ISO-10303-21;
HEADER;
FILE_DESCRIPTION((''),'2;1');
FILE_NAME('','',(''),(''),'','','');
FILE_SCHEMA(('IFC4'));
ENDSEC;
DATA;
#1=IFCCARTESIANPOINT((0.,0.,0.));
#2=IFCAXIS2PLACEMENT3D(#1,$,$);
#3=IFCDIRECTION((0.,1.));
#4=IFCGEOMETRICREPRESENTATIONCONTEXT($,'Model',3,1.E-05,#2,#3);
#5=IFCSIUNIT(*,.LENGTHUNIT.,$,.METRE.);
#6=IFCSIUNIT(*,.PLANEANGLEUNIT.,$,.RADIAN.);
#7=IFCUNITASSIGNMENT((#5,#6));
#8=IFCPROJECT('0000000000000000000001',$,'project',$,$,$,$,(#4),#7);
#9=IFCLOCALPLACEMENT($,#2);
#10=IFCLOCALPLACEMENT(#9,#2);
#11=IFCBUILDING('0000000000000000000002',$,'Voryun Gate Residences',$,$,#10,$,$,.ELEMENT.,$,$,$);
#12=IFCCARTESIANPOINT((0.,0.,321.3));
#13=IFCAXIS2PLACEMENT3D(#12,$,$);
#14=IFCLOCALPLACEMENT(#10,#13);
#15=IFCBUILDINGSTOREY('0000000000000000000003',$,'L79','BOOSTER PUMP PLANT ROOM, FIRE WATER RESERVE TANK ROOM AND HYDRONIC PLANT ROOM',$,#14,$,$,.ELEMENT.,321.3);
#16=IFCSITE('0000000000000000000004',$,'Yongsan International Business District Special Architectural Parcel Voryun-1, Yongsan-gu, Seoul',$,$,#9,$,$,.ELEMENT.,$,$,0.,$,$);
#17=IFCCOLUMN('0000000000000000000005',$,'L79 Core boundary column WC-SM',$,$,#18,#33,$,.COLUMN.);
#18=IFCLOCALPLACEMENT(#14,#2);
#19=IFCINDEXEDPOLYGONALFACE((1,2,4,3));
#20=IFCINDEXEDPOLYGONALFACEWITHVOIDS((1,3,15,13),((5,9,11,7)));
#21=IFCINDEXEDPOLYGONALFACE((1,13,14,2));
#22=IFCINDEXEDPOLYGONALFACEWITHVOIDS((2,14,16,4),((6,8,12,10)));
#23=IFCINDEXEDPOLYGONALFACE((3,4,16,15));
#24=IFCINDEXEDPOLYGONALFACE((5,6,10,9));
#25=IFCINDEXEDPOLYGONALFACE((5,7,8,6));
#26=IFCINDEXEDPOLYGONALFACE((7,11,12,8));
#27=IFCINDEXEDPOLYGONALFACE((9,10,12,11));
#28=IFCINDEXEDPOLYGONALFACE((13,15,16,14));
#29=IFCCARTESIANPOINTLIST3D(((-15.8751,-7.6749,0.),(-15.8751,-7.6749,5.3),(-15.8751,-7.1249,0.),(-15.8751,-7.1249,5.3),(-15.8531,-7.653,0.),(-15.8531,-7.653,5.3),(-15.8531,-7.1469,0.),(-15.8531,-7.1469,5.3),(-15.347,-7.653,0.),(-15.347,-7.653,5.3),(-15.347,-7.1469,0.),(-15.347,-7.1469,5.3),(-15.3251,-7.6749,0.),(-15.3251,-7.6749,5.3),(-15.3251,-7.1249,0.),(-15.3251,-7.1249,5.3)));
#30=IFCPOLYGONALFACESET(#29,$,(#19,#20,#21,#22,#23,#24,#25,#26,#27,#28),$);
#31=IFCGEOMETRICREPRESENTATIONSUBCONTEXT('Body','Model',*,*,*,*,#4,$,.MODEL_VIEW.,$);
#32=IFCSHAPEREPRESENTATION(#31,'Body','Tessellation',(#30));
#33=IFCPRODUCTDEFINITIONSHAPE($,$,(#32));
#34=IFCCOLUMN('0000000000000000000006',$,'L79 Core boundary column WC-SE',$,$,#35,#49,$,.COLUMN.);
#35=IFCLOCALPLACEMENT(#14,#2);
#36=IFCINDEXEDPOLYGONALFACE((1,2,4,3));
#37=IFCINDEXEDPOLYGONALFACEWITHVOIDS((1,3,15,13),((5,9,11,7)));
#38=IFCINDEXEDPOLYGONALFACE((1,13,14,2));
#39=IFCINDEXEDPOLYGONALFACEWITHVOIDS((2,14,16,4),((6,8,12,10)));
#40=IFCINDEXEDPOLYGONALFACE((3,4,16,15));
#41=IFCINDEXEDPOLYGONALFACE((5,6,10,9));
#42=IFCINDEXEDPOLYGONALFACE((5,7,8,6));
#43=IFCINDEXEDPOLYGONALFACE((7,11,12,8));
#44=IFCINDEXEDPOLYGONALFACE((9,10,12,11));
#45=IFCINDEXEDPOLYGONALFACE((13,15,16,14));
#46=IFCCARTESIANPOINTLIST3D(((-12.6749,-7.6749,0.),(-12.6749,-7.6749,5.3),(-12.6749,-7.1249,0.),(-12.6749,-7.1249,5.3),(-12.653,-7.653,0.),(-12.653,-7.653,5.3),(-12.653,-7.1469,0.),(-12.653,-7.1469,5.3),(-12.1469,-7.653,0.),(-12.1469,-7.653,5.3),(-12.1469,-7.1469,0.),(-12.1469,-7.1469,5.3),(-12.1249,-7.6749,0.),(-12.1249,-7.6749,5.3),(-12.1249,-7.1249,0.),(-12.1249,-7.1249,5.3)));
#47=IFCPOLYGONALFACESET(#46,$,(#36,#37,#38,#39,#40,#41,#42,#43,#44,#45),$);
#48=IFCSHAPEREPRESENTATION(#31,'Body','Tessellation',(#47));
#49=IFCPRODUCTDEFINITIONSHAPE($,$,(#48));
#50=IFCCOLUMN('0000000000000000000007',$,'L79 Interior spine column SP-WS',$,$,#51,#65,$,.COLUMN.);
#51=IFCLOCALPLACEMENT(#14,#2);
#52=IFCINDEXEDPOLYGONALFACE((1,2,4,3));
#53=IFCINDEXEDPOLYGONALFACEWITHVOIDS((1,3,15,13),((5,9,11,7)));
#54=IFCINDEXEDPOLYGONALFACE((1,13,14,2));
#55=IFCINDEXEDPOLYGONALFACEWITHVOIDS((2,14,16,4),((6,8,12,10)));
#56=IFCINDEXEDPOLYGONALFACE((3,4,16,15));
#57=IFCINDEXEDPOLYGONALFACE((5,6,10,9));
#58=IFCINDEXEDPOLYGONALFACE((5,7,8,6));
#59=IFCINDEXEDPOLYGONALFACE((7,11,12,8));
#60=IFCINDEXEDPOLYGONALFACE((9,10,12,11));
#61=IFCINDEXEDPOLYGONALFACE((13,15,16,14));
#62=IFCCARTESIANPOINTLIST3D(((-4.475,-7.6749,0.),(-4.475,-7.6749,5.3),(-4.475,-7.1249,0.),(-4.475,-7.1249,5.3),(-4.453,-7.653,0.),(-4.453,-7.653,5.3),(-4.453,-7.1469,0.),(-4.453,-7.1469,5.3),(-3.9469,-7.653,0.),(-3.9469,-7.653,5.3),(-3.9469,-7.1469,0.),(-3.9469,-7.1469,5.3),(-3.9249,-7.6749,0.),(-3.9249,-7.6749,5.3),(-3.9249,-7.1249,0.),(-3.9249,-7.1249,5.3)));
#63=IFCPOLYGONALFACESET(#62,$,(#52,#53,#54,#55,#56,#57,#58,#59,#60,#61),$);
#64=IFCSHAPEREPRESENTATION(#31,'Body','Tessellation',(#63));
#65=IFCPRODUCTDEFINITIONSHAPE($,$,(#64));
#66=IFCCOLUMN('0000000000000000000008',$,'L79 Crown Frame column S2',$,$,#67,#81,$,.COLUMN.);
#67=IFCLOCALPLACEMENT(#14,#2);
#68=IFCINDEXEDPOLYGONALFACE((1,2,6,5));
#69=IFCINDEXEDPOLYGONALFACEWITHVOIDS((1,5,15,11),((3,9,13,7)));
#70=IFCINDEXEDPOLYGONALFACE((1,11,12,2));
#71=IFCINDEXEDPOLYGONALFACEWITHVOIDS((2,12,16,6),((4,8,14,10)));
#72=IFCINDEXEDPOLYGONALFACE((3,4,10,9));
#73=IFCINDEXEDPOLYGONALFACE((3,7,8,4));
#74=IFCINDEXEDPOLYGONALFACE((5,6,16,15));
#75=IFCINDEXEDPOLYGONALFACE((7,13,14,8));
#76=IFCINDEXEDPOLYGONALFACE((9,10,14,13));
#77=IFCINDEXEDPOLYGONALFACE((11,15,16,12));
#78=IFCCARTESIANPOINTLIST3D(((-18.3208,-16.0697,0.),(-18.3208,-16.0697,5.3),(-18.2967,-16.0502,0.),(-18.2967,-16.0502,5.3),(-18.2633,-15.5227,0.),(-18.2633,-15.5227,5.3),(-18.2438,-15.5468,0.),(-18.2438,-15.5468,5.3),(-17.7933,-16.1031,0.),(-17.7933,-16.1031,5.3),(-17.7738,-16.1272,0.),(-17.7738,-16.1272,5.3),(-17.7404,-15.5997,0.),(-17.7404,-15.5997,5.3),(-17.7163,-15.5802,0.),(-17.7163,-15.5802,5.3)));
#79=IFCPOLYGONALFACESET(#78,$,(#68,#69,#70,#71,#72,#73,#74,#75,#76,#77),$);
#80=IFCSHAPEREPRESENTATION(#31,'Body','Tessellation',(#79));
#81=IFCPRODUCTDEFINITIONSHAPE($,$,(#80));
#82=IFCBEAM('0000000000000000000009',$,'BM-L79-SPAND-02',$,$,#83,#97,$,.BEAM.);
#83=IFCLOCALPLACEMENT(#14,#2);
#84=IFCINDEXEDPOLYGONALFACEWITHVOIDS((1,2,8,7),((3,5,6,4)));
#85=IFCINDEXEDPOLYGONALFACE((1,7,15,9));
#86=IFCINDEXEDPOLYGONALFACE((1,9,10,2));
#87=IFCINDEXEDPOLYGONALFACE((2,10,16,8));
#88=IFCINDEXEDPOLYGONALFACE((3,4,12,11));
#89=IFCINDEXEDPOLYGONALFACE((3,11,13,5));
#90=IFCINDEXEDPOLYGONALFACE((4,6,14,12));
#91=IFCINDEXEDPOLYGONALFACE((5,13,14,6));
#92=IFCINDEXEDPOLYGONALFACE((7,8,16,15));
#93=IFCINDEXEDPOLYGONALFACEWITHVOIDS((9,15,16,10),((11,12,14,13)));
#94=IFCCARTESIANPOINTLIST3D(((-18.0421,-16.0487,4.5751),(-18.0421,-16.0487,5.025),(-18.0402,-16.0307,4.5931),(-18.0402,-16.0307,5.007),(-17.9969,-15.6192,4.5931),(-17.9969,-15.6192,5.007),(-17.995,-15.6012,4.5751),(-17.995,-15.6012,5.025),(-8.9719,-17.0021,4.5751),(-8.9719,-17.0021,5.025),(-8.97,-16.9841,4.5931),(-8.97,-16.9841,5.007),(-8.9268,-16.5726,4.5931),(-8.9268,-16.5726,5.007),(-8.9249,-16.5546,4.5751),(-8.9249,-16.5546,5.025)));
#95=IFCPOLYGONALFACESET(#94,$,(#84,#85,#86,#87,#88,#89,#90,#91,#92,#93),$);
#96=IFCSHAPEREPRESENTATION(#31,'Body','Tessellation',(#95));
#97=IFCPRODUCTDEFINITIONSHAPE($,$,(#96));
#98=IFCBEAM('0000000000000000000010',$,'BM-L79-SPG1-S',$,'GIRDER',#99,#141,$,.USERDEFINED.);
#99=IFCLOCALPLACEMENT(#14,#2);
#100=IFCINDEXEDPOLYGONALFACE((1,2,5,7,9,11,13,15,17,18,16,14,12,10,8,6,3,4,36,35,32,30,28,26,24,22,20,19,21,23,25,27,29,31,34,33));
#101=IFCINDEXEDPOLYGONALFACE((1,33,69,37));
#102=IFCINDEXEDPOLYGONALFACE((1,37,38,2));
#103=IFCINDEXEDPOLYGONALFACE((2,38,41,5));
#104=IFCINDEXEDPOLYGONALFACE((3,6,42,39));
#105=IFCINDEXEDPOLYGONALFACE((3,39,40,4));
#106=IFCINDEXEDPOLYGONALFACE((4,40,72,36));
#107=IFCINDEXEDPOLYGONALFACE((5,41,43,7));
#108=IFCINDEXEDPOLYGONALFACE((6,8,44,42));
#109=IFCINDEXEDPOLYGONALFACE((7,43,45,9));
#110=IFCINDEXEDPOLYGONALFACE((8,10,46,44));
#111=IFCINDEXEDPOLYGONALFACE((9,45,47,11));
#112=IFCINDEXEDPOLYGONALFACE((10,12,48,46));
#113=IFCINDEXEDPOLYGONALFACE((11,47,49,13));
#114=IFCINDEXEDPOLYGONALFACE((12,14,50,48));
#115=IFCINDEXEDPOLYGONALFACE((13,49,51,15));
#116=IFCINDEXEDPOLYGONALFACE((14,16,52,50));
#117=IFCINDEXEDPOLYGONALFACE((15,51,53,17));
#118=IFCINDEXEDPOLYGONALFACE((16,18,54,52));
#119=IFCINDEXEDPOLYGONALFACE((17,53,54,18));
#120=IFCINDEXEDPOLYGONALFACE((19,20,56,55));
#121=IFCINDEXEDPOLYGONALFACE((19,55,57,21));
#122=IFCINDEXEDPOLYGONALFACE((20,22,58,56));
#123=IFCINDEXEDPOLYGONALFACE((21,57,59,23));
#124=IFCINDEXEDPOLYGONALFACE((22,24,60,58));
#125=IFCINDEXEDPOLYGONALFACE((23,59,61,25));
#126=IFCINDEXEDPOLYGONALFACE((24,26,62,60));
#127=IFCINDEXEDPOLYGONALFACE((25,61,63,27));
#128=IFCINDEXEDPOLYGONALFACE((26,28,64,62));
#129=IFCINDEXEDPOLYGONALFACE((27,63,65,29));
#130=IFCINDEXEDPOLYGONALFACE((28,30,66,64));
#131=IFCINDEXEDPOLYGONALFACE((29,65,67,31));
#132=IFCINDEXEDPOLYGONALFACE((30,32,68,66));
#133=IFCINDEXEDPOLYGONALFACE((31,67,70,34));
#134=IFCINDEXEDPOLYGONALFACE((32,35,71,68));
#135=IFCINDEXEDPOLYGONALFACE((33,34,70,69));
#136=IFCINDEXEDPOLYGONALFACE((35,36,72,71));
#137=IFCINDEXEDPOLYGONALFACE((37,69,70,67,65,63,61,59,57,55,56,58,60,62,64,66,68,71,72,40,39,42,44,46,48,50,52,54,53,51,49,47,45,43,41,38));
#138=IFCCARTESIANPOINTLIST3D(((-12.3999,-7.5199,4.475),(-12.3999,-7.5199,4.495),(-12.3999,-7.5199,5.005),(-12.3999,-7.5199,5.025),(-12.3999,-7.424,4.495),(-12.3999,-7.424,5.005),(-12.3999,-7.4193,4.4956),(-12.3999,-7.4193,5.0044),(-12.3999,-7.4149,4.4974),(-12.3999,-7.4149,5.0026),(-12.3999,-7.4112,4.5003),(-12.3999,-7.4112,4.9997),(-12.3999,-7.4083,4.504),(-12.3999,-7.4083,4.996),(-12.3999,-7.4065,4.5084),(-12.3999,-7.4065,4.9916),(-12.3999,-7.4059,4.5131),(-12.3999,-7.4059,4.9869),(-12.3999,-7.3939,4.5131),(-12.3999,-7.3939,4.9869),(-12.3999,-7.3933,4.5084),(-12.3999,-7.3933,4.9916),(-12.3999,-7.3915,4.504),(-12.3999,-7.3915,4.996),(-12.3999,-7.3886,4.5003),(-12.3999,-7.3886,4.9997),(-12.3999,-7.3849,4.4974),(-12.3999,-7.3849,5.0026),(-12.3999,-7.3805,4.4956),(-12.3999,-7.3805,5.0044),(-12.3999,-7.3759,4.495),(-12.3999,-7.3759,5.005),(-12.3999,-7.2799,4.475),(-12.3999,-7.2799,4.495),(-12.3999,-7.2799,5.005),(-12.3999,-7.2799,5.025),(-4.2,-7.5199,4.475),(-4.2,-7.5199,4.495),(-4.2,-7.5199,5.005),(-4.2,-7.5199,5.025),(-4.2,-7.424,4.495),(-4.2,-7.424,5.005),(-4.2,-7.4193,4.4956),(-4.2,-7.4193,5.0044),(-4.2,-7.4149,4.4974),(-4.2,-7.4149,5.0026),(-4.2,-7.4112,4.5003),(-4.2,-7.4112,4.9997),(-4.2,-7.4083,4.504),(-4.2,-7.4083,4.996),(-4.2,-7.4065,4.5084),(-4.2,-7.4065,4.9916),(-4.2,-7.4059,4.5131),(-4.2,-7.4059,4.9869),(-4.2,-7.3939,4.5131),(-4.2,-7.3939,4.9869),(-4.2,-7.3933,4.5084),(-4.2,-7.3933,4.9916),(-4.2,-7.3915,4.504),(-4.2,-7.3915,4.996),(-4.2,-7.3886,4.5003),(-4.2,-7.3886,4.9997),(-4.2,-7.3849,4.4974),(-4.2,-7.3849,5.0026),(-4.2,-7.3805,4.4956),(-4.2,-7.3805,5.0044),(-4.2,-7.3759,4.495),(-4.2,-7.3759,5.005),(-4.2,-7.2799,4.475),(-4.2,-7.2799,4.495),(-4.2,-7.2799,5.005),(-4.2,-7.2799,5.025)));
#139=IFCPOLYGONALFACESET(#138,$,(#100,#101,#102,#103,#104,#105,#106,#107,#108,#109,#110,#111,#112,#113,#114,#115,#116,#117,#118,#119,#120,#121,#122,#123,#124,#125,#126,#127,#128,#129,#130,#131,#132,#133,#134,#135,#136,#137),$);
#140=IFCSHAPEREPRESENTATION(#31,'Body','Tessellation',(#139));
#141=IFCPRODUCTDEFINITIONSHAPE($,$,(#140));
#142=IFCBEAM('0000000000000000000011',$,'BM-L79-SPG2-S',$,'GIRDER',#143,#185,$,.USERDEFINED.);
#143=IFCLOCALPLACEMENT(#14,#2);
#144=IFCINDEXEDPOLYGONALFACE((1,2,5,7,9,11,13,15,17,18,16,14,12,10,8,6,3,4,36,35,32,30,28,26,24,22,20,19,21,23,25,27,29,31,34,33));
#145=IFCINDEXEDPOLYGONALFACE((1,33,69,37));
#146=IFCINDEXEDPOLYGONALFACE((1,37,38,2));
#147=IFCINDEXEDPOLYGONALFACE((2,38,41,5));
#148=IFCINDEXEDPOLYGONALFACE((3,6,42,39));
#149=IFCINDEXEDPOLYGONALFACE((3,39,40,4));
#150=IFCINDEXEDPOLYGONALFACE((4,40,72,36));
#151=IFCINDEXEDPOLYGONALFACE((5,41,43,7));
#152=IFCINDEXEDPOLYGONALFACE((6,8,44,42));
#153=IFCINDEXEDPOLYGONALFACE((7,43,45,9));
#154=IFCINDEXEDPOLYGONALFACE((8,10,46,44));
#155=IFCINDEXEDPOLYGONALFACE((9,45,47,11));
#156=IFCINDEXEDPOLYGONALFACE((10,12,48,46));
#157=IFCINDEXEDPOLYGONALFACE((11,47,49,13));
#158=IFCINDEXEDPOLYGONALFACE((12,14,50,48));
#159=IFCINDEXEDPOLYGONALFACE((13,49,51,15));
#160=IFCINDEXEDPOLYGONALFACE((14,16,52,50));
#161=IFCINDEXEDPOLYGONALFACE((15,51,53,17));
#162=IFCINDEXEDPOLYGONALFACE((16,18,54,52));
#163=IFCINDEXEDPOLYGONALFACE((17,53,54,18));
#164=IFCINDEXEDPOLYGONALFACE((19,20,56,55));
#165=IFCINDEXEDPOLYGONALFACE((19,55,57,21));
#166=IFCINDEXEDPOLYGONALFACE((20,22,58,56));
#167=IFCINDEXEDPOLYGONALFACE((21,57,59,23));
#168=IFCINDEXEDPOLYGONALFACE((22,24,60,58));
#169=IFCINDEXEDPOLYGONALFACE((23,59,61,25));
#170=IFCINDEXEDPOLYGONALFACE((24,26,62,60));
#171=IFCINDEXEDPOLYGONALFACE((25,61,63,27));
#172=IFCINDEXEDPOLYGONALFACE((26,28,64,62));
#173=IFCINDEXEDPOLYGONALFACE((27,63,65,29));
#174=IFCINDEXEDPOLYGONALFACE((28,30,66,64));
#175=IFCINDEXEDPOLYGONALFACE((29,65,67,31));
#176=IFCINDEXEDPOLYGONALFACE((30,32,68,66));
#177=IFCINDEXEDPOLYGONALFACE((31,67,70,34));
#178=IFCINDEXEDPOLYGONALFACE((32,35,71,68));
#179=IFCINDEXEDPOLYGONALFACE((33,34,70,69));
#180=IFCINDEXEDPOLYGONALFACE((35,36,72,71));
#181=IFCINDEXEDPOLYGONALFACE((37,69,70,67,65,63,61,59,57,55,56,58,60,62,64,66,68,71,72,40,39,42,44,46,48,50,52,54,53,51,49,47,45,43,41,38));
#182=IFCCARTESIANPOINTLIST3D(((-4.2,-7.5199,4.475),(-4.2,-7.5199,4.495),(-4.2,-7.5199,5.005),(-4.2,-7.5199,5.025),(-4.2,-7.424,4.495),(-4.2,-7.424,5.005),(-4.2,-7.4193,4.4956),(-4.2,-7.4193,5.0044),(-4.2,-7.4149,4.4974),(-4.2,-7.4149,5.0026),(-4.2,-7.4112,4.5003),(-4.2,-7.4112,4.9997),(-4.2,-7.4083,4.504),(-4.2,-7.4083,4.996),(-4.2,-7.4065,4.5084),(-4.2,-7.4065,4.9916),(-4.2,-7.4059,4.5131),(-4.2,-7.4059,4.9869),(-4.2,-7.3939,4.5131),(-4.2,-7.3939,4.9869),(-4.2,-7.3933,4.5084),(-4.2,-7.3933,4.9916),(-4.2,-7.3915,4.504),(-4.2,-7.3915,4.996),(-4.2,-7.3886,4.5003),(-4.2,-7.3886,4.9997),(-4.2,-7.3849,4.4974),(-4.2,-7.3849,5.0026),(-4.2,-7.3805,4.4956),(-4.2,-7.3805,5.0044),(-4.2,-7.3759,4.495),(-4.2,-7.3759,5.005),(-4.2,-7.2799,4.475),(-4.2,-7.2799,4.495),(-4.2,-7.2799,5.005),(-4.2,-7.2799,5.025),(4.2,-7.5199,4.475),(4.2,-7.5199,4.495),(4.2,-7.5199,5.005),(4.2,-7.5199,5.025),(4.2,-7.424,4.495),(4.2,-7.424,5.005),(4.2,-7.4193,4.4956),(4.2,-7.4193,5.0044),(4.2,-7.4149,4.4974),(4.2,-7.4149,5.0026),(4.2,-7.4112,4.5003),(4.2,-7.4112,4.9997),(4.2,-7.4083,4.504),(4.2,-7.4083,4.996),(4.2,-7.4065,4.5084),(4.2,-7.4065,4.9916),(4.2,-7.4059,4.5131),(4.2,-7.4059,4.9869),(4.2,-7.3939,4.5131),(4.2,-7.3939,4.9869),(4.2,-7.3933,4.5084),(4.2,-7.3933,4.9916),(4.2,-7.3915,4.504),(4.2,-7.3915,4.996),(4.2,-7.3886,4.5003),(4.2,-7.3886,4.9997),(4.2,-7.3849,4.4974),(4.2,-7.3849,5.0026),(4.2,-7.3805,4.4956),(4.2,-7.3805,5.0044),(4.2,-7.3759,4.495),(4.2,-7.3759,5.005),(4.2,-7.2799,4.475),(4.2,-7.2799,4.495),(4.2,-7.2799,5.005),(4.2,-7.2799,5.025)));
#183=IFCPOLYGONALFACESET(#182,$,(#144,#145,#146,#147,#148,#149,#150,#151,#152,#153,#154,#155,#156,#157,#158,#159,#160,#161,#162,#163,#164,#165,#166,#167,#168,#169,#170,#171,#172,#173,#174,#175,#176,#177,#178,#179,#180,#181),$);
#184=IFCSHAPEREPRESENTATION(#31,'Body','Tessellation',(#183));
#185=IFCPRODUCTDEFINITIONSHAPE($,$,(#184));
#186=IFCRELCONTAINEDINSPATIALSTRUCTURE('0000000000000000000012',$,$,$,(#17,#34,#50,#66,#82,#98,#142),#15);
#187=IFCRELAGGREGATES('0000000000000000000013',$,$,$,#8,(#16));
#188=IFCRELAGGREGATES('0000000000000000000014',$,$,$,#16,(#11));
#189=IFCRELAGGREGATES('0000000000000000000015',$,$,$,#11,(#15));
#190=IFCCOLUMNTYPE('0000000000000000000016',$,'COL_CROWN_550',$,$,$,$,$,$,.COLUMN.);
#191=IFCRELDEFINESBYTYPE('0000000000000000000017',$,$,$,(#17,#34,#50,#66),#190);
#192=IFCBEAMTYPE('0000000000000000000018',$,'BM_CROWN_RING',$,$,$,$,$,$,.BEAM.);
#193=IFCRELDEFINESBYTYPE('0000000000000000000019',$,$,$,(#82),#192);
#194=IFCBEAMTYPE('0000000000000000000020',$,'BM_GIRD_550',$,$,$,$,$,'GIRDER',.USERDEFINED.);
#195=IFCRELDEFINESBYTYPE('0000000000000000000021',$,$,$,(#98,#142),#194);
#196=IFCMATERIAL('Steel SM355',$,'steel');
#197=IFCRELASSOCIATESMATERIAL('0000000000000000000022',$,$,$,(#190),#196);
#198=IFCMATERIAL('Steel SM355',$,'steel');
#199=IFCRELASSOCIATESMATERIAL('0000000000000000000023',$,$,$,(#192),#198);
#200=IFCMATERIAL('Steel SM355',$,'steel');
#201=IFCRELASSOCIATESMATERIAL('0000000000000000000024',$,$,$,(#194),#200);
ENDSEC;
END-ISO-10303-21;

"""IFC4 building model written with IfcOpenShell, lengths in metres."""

from ifc_helpers import new_model, si_unit, direction, frame, origin, origin_2d, place, context, subcontext, project, spatial, hollow_rectangle, i_section, extrude, material, material_profile, profile_set, type_object, element, save


model = new_model("IFC4")

# Units and contexts
model_context = context("Model", 3, precision=1e-05, world=origin(), true_north=direction((0.0, 1.0)))
body_context = subcontext(model_context, "Body", "Model", "MODEL_VIEW")
ifc_project = project(units=[si_unit("LENGTHUNIT", "METRE"), si_unit("PLANEANGLEUNIT", "RADIAN")], contexts=[model_context])

# Site, building, storey
site_placement = place(None, origin())
site = spatial("IfcSite", under=ifc_project, at=site_placement, Name="Yongsan International Business District Special Architectural Parcel Voryun-1, Yongsan-gu, Seoul", CompositionType="ELEMENT", RefElevation=0.0)
building_placement = place(site_placement, origin())
building = spatial("IfcBuilding", under=site, at=building_placement, Name="Voryun Gate Residences", CompositionType="ELEMENT")
storey_placement = place(building_placement, frame((0.0, 0.0, 321.3)))
storey = spatial("IfcBuildingStorey", under=building, at=storey_placement, Name="L79", Description="BOOSTER PUMP PLANT ROOM, FIRE WATER RESERVE TANK ROOM AND HYDRONIC PLANT ROOM", CompositionType="ELEMENT", Elevation=321.3)

# Columns
ifc_material_1 = material(Name="Steel SM355", Category="steel")
ifc_material_profile_1 = material_profile(ifc_material_1, hollow_rectangle(XDim=0.55, YDim=0.55, WallThickness=0.022, at=origin_2d()), Name="BOX-550x550x22")
ifc_profile_set_1 = profile_set([ifc_material_profile_1], Name="Steel SM355")
column_type = type_object("IfcColumnType", Name="COL_CROWN_550", PredefinedType="COLUMN", material=ifc_profile_set_1)
for number, where, z_axis, x_axis, name in (
    (1, (-15.6001, -7.3999, 0.0), (0.0, 0.0, 1.0), (1.0, 0.0, 0.0), "L79 Core boundary column WC-SM"),
    (2, (-12.3999, -7.3999, 0.0), (0.0, 0.0, 1.0), (1.0, 0.0, 0.0), "L79 Core boundary column WC-SE"),
    (3, (-4.2, -7.3999, 0.0), (0.0, 0.0, 1.0), (1.0, 0.0, 0.0), "L79 Interior spine column SP-WS"),
    (4, (-18.0186, -15.825, 0.0), (0.0, 0.0, 1.0), (0.994522, -0.104528, 0.0), "L79 Crown Frame column S2"),
):
    element("IfcColumn", number, at=place(storey_placement, frame(where, z_axis=z_axis, x_axis=x_axis)), inside=storey, type_object=column_type, Name=name, PredefinedType="COLUMN", context=body_context, shape_type="SweptSolid", body=[
        extrude(hollow_rectangle(XDim=0.55, YDim=0.55, WallThickness=0.022, at=origin_2d()), origin(), (0.0, 0.0, 1.0), 5.3),
    ])

# Beams
ifc_material_2 = material(Name="Steel SM355", Category="steel")
ifc_material_profile_2 = material_profile(ifc_material_2, hollow_rectangle(XDim=0.45, YDim=0.45, WallThickness=0.0181, at=origin_2d()), Name="BOX-450x450x18")
ifc_profile_set_2 = profile_set([ifc_material_profile_2], Name="Steel SM355")
beam_type_1 = type_object("IfcBeamType", Name="BM_CROWN_RING", PredefinedType="BEAM", material=ifc_profile_set_2)
beam_1_placement = place(storey_placement, frame((-18.0186, -15.825, 4.8), z_axis=(0.994521, -0.104536, 0.0), x_axis=(0.104536, 0.994521, 0.0)))
element("IfcBeam", 5, at=beam_1_placement, inside=storey, type_object=beam_type_1, Name="BM-L79-SPAND-02", PredefinedType="BEAM", context=body_context, shape_type="SweptSolid", body=[
    extrude(hollow_rectangle(XDim=0.45, YDim=0.45, WallThickness=0.0181, at=origin_2d()), origin(), (0.0, 0.0, 1.0), 9.1201),
])
ifc_material_3 = material(Name="Steel SM355", Category="steel")
ifc_material_profile_3 = material_profile(ifc_material_3, i_section(OverallWidth=0.24, OverallDepth=0.55, WebThickness=0.012, FlangeThickness=0.02, FilletRadius=0.0181, at=origin_2d()), Name="H-550x240x12x20")
ifc_profile_set_3 = profile_set([ifc_material_profile_3], Name="Steel SM355")
beam_type_2 = type_object("IfcBeamType", Name="BM_GIRD_550", ElementType="GIRDER", PredefinedType="USERDEFINED", material=ifc_profile_set_3)
beam_2_placement = place(storey_placement, frame((-12.3999, -7.3999, 4.75), z_axis=(1.0, 0.0, 0.0), x_axis=(0.0, 1.0, 0.0)))
element("IfcBeam", 6, at=beam_2_placement, inside=storey, type_object=beam_type_2, Name="BM-L79-SPG1-S", ObjectType="GIRDER", PredefinedType="USERDEFINED", context=body_context, shape_type="SweptSolid", body=[
    extrude(i_section(OverallWidth=0.24, OverallDepth=0.55, WebThickness=0.012, FlangeThickness=0.02, FilletRadius=0.0181, at=origin_2d()), origin(), (0.0, 0.0, 1.0), 8.2),
])
beam_3_placement = place(storey_placement, frame((-4.2, -7.3999, 4.75), z_axis=(1.0, 0.0, 0.0), x_axis=(0.0, 1.0, 0.0)))
element("IfcBeam", 7, at=beam_3_placement, inside=storey, type_object=beam_type_2, Name="BM-L79-SPG2-S", ObjectType="GIRDER", PredefinedType="USERDEFINED", context=body_context, shape_type="SweptSolid", body=[
    extrude(i_section(OverallWidth=0.24, OverallDepth=0.55, WebThickness=0.012, FlangeThickness=0.02, FilletRadius=0.0181, at=origin_2d()), origin(), (0.0, 0.0, 1.0), 8.3999),
])

save(model, "model.ifc")
